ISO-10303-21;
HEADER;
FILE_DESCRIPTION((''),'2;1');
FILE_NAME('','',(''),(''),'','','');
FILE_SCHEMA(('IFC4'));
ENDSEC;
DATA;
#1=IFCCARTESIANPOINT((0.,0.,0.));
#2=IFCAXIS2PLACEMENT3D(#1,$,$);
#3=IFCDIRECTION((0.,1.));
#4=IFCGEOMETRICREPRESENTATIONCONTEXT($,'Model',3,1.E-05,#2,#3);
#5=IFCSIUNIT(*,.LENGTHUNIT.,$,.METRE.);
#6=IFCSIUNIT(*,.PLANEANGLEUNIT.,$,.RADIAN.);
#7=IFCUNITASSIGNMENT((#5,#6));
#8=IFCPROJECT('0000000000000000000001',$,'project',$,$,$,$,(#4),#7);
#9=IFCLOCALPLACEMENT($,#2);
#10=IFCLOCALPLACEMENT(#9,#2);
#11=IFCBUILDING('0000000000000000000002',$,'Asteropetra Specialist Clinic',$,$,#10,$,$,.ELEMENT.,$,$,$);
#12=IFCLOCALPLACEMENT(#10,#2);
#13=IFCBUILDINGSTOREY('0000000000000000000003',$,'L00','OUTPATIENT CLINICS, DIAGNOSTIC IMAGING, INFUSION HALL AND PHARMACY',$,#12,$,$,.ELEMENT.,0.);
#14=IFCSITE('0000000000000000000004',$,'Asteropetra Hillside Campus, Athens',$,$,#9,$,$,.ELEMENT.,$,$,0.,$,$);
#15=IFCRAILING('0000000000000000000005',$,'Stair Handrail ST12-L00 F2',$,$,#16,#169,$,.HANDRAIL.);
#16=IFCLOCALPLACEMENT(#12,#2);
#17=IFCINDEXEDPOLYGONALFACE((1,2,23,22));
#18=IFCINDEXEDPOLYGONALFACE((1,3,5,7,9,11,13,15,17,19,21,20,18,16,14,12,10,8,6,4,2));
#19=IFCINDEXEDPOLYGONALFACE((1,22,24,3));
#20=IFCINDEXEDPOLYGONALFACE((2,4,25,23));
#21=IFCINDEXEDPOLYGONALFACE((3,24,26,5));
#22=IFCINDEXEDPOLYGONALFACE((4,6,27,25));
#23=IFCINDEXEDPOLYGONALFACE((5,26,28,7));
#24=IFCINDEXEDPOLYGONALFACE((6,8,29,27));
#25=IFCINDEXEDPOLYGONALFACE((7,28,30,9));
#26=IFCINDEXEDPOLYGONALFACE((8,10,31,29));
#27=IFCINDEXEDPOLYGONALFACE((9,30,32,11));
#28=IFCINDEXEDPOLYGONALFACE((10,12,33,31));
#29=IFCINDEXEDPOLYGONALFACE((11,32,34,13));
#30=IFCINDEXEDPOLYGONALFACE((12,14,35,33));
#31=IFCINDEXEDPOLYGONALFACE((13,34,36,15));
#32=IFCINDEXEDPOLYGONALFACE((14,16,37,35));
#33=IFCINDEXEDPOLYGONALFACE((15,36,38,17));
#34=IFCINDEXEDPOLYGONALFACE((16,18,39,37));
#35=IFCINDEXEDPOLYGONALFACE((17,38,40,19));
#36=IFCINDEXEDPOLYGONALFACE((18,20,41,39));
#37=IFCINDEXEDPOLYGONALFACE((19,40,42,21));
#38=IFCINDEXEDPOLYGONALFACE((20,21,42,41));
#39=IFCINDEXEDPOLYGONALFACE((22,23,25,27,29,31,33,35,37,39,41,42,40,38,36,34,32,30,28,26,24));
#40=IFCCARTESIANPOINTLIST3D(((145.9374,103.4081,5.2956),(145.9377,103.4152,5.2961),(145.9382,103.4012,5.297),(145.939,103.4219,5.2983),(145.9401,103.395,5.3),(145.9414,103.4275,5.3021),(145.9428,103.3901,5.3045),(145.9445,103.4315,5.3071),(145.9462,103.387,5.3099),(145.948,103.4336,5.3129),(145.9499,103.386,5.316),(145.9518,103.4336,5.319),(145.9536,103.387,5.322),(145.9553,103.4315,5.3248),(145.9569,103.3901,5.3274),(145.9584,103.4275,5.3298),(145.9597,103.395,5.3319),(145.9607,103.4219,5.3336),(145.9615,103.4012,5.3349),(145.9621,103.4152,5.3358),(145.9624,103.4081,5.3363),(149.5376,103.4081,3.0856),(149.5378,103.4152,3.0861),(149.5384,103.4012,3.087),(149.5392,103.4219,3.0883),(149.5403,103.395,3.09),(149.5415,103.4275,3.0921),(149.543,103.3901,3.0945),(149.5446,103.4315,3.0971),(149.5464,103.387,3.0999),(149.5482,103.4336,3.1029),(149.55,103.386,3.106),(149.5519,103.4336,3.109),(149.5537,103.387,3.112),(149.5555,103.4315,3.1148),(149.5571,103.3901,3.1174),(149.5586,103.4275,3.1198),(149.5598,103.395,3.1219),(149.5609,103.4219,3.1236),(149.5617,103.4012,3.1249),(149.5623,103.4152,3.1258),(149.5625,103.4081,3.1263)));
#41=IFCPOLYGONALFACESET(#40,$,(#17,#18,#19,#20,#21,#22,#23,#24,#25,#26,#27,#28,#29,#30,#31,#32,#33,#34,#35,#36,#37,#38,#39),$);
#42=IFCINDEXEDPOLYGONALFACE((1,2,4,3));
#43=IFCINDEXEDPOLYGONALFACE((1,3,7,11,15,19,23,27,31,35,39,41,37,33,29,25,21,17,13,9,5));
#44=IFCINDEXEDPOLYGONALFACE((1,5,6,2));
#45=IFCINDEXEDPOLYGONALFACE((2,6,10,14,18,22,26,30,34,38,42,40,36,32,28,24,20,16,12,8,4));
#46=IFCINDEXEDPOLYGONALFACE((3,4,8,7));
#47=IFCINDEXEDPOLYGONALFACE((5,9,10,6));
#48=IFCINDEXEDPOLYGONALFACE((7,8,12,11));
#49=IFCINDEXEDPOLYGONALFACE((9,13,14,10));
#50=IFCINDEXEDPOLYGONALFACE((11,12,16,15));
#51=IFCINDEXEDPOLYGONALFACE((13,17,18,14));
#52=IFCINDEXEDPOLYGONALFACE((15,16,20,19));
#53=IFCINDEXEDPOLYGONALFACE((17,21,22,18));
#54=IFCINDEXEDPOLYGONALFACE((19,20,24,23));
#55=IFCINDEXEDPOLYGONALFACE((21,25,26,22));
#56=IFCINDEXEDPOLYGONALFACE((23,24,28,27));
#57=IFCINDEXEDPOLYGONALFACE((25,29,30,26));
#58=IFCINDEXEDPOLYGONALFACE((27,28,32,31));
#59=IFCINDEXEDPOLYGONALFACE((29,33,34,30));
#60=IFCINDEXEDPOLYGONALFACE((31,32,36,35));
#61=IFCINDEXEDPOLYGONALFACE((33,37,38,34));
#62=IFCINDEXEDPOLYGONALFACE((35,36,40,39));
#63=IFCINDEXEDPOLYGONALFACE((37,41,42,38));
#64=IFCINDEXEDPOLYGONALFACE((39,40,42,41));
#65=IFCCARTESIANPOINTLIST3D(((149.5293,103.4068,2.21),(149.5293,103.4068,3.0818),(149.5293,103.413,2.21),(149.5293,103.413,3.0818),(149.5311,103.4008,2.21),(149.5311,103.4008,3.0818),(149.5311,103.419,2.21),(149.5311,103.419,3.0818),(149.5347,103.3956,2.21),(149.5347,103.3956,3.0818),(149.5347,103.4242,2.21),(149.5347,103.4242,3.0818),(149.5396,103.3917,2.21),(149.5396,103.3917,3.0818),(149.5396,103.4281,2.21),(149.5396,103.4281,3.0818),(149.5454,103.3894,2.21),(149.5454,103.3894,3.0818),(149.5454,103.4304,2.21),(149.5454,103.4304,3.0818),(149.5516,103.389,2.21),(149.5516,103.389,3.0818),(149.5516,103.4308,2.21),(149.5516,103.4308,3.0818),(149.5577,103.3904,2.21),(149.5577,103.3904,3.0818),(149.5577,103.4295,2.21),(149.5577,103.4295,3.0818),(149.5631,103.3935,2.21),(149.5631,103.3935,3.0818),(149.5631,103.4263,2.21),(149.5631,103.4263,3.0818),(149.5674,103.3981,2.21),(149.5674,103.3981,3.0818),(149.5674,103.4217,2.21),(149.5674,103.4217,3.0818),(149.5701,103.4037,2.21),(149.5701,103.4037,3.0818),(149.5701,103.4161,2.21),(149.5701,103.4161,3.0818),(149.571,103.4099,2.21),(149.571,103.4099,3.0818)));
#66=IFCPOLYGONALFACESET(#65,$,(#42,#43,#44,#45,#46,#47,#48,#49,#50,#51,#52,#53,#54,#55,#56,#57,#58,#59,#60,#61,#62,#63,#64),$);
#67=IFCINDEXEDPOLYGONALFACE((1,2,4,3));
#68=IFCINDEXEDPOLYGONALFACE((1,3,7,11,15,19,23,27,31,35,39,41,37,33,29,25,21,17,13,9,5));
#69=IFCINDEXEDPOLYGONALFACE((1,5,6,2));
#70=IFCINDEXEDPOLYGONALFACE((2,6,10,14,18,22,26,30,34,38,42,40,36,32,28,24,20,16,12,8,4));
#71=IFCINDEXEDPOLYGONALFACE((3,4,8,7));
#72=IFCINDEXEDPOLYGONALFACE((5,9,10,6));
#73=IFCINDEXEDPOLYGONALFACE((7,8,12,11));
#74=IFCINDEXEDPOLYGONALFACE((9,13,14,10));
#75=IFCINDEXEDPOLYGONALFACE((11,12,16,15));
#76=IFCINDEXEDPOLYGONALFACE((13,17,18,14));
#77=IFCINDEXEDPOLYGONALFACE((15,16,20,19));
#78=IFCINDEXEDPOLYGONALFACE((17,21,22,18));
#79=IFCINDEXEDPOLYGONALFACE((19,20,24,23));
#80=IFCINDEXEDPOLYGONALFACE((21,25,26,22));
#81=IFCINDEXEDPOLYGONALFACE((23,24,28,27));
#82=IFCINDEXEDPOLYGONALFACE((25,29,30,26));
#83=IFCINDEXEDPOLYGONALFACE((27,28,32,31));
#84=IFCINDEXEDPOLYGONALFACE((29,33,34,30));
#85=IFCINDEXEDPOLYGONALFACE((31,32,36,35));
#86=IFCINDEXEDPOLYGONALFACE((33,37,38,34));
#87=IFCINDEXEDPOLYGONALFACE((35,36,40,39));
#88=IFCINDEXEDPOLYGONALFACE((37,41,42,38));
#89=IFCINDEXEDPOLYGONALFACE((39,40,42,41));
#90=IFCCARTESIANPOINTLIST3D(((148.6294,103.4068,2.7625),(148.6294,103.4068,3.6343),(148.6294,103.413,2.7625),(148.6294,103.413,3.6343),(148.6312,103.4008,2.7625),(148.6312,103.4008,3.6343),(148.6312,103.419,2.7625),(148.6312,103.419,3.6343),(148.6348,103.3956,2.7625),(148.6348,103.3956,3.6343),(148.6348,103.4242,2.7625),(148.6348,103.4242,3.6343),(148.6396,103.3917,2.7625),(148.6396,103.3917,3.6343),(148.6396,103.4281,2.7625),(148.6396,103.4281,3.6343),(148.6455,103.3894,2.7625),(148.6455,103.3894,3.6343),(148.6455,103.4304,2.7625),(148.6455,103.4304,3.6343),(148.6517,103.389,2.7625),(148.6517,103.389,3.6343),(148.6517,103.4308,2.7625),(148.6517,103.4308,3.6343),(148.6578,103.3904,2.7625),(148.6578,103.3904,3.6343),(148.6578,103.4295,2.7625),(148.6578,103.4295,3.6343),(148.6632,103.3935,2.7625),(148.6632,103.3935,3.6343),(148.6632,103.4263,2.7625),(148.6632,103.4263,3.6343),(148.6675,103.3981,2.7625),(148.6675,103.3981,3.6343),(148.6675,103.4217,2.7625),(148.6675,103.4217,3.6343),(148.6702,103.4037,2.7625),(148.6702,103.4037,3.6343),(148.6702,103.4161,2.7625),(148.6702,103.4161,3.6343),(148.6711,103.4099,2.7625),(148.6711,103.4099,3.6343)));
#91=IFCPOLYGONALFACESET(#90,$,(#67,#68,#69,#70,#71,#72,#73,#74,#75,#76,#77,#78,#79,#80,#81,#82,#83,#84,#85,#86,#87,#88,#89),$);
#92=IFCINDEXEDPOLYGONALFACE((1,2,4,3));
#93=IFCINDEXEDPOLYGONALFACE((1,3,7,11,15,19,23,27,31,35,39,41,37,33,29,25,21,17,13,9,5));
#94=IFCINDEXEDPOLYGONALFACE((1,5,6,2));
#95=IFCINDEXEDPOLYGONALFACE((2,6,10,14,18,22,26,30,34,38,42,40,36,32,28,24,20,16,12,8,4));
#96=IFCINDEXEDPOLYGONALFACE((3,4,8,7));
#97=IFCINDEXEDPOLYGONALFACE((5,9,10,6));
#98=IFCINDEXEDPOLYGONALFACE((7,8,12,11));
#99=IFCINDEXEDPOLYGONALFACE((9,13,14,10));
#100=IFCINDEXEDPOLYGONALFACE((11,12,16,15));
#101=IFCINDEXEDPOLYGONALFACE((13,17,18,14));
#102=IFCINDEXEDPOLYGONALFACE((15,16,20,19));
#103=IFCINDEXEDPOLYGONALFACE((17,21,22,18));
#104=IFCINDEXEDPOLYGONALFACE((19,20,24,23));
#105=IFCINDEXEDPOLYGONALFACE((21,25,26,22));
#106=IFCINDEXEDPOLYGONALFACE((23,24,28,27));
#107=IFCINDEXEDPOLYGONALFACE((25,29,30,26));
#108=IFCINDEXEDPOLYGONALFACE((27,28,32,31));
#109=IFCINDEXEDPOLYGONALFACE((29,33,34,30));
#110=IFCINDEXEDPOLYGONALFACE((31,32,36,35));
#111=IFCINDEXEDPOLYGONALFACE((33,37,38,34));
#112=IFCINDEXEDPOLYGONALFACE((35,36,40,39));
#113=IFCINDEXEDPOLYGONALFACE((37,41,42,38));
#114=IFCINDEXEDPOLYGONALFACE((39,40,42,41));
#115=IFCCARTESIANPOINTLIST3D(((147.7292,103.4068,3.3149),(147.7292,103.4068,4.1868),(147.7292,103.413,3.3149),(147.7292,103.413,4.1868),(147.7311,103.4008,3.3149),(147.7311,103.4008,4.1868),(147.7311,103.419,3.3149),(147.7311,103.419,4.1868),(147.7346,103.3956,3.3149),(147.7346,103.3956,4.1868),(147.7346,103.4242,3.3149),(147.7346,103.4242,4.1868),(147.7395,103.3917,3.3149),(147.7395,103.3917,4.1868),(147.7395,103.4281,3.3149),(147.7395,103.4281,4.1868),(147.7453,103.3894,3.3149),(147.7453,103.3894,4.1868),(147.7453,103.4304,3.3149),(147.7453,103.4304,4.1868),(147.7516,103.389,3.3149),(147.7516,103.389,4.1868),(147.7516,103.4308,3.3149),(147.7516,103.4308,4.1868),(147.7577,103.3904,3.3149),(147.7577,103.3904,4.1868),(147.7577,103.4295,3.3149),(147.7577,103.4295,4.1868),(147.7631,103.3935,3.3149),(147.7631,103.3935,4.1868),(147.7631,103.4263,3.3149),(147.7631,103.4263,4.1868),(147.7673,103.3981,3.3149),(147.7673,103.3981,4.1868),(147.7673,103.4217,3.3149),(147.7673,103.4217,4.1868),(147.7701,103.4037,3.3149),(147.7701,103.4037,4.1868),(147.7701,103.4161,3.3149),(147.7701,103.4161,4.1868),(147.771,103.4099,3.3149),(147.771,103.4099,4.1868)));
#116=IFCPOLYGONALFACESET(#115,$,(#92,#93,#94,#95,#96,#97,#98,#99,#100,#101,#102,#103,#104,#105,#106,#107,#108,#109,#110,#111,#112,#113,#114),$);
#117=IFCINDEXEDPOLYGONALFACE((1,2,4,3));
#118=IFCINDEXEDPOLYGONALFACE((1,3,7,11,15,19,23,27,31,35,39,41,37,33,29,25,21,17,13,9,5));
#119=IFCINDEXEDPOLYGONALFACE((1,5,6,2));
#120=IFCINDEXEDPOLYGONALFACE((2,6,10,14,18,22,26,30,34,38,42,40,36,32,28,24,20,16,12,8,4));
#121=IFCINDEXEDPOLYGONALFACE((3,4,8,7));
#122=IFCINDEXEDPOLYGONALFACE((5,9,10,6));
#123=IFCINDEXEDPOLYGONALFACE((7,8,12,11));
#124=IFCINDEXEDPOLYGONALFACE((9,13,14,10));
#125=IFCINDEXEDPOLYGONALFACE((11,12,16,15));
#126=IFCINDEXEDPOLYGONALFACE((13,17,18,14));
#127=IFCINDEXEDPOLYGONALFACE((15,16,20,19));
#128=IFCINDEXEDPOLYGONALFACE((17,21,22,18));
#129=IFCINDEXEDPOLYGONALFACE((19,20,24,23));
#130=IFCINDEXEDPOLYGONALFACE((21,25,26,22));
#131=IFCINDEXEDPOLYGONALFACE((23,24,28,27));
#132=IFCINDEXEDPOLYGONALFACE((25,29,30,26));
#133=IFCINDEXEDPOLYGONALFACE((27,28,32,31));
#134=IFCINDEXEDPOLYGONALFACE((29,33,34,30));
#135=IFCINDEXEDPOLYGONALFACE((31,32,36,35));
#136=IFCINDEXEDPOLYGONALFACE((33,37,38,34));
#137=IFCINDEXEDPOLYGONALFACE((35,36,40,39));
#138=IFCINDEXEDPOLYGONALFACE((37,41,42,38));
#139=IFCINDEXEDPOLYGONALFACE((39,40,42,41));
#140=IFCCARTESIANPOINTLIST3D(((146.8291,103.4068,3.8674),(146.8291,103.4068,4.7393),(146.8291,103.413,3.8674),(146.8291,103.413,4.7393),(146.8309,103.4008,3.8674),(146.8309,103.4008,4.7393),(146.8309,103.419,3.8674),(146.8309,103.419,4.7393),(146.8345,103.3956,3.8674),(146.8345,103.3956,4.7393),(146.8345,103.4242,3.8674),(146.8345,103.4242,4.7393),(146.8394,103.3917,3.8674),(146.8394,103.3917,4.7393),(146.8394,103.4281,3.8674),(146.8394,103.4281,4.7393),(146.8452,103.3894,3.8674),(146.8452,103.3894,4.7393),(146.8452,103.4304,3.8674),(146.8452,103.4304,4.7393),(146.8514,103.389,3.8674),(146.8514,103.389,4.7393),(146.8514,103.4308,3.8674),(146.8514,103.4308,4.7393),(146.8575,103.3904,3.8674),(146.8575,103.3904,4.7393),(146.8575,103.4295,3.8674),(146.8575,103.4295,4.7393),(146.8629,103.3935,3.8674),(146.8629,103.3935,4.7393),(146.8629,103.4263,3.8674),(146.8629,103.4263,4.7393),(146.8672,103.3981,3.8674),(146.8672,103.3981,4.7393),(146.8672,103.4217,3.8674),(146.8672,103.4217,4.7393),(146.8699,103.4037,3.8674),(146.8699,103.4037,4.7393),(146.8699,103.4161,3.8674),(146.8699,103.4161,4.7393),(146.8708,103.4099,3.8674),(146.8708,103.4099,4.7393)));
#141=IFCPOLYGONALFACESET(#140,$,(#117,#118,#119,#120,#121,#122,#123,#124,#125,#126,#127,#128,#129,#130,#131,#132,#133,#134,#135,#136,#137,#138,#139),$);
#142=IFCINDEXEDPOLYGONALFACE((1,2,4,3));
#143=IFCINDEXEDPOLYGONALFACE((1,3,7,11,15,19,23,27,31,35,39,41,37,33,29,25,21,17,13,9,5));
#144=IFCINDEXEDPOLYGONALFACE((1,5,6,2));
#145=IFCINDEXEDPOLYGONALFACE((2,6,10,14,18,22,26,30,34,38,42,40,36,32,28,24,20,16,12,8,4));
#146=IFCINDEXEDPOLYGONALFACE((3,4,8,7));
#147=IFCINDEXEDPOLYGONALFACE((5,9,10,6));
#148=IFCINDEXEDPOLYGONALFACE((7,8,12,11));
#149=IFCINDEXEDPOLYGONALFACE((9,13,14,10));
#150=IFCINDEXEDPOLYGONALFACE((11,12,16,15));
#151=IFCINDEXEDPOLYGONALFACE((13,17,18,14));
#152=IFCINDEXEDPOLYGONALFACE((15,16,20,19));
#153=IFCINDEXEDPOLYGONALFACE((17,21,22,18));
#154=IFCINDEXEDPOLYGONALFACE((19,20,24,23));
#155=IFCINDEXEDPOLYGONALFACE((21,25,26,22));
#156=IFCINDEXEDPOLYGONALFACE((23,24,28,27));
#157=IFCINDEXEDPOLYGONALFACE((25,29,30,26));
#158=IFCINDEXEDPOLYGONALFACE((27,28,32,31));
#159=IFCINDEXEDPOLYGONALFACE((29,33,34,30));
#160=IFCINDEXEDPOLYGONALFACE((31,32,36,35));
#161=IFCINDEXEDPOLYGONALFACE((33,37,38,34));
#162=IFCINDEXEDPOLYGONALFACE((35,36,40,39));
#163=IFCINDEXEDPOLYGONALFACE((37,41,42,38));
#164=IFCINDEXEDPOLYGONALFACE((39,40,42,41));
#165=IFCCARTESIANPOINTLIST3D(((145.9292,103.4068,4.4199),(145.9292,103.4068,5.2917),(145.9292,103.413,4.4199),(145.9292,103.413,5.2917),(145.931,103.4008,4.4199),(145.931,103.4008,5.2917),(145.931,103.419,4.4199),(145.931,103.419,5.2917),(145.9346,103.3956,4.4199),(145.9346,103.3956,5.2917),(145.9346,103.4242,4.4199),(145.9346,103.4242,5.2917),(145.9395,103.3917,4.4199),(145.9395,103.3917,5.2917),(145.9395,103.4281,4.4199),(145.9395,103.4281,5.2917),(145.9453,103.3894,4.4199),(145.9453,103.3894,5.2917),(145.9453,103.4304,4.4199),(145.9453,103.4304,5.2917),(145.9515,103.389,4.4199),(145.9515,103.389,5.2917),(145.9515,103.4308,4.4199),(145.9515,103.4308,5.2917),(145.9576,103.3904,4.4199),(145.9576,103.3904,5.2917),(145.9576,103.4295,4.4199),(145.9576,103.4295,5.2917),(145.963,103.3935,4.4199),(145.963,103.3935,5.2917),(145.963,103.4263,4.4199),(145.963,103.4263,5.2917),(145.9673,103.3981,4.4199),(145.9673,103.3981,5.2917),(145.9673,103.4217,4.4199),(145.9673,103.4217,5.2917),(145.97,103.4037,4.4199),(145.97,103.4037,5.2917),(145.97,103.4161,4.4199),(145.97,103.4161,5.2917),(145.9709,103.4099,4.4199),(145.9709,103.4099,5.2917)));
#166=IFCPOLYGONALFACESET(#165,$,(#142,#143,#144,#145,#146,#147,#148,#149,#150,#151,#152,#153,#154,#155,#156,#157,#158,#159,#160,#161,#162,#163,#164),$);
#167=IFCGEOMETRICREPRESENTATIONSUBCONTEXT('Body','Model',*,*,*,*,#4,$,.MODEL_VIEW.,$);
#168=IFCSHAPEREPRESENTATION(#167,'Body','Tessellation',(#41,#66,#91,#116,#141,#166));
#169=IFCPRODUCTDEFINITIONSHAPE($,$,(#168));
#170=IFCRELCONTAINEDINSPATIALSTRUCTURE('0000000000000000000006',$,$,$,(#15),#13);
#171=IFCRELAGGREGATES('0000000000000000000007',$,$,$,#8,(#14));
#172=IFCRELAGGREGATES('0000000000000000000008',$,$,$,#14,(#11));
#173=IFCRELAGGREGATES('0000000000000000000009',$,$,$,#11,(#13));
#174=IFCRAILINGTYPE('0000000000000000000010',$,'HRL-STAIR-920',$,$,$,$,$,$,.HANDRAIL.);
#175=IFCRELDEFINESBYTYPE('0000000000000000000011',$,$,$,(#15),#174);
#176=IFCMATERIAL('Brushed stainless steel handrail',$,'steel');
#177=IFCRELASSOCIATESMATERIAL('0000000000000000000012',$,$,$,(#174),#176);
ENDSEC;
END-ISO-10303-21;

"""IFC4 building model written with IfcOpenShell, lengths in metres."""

from ifc_helpers import new_model, si_unit, direction, frame, origin, origin_2d, place, context, subcontext, project, spatial, circle, extrude, material, type_object, element, save


model = new_model("IFC4")

# Units and contexts
model_context = context("Model", 3, precision=1e-05, world=origin(), true_north=direction((0.0, 1.0)))
body_context = subcontext(model_context, "Body", "Model", "MODEL_VIEW")
ifc_project = project(units=[si_unit("LENGTHUNIT", "METRE"), si_unit("PLANEANGLEUNIT", "RADIAN")], contexts=[model_context])

# Site, building, storey
site_placement = place(None, origin())
site = spatial("IfcSite", under=ifc_project, at=site_placement, Name="Asteropetra Hillside Campus, Athens", CompositionType="ELEMENT", RefElevation=0.0)
building_placement = place(site_placement, origin())
building = spatial("IfcBuilding", under=site, at=building_placement, Name="Asteropetra Specialist Clinic", CompositionType="ELEMENT")
storey_placement = place(building_placement, origin())
storey = spatial("IfcBuildingStorey", under=building, at=storey_placement, Name="L00", Description="OUTPATIENT CLINICS, DIAGNOSTIC IMAGING, INFUSION HALL AND PHARMACY", CompositionType="ELEMENT", Elevation=0.0)

# Railing
ifc_material_1 = material(Name="Brushed stainless steel handrail", Category="steel")
railing_type = type_object("IfcRailingType", Name="HRL-STAIR-920", PredefinedType="HANDRAIL", material=ifc_material_1)
railing_1_placement = place(storey_placement, frame((149.55, 103.4099, 2.21)))
element("IfcRailing", 1, at=railing_1_placement, inside=storey, type_object=railing_type, Name="Stair Handrail ST12-L00 F2", PredefinedType="HANDRAIL", context=body_context, shape_type="SweptSolid", body=[
    extrude(circle(Radius=0.0239, at=origin_2d()), frame((0.0, 0.0, 0.896), z_axis=(-0.852237, 0.0, 0.523156), x_axis=(0.0, -1.0, 0.0)), (0.0, 0.0, 1.0), 4.2244),
    extrude(circle(Radius=0.021, at=origin_2d()), origin(), (0.0, 0.0, 1.0), 0.8718),
    extrude(circle(Radius=0.021, at=origin_2d()), frame((-0.8999, 0.0, 0.5525)), (0.0, 0.0, 1.0), 0.8718),
    extrude(circle(Radius=0.021, at=origin_2d()), frame((-1.8, 0.0, 1.105)), (0.0, 0.0, 1.0), 0.8718),
    extrude(circle(Radius=0.021, at=origin_2d()), frame((-2.7002, 0.0, 1.6575)), (0.0, 0.0, 1.0), 0.8718),
    extrude(circle(Radius=0.021, at=origin_2d()), frame((-3.6001, 0.0, 2.21)), (0.0, 0.0, 1.0), 0.8718),
])

save(model, "model.ifc")
